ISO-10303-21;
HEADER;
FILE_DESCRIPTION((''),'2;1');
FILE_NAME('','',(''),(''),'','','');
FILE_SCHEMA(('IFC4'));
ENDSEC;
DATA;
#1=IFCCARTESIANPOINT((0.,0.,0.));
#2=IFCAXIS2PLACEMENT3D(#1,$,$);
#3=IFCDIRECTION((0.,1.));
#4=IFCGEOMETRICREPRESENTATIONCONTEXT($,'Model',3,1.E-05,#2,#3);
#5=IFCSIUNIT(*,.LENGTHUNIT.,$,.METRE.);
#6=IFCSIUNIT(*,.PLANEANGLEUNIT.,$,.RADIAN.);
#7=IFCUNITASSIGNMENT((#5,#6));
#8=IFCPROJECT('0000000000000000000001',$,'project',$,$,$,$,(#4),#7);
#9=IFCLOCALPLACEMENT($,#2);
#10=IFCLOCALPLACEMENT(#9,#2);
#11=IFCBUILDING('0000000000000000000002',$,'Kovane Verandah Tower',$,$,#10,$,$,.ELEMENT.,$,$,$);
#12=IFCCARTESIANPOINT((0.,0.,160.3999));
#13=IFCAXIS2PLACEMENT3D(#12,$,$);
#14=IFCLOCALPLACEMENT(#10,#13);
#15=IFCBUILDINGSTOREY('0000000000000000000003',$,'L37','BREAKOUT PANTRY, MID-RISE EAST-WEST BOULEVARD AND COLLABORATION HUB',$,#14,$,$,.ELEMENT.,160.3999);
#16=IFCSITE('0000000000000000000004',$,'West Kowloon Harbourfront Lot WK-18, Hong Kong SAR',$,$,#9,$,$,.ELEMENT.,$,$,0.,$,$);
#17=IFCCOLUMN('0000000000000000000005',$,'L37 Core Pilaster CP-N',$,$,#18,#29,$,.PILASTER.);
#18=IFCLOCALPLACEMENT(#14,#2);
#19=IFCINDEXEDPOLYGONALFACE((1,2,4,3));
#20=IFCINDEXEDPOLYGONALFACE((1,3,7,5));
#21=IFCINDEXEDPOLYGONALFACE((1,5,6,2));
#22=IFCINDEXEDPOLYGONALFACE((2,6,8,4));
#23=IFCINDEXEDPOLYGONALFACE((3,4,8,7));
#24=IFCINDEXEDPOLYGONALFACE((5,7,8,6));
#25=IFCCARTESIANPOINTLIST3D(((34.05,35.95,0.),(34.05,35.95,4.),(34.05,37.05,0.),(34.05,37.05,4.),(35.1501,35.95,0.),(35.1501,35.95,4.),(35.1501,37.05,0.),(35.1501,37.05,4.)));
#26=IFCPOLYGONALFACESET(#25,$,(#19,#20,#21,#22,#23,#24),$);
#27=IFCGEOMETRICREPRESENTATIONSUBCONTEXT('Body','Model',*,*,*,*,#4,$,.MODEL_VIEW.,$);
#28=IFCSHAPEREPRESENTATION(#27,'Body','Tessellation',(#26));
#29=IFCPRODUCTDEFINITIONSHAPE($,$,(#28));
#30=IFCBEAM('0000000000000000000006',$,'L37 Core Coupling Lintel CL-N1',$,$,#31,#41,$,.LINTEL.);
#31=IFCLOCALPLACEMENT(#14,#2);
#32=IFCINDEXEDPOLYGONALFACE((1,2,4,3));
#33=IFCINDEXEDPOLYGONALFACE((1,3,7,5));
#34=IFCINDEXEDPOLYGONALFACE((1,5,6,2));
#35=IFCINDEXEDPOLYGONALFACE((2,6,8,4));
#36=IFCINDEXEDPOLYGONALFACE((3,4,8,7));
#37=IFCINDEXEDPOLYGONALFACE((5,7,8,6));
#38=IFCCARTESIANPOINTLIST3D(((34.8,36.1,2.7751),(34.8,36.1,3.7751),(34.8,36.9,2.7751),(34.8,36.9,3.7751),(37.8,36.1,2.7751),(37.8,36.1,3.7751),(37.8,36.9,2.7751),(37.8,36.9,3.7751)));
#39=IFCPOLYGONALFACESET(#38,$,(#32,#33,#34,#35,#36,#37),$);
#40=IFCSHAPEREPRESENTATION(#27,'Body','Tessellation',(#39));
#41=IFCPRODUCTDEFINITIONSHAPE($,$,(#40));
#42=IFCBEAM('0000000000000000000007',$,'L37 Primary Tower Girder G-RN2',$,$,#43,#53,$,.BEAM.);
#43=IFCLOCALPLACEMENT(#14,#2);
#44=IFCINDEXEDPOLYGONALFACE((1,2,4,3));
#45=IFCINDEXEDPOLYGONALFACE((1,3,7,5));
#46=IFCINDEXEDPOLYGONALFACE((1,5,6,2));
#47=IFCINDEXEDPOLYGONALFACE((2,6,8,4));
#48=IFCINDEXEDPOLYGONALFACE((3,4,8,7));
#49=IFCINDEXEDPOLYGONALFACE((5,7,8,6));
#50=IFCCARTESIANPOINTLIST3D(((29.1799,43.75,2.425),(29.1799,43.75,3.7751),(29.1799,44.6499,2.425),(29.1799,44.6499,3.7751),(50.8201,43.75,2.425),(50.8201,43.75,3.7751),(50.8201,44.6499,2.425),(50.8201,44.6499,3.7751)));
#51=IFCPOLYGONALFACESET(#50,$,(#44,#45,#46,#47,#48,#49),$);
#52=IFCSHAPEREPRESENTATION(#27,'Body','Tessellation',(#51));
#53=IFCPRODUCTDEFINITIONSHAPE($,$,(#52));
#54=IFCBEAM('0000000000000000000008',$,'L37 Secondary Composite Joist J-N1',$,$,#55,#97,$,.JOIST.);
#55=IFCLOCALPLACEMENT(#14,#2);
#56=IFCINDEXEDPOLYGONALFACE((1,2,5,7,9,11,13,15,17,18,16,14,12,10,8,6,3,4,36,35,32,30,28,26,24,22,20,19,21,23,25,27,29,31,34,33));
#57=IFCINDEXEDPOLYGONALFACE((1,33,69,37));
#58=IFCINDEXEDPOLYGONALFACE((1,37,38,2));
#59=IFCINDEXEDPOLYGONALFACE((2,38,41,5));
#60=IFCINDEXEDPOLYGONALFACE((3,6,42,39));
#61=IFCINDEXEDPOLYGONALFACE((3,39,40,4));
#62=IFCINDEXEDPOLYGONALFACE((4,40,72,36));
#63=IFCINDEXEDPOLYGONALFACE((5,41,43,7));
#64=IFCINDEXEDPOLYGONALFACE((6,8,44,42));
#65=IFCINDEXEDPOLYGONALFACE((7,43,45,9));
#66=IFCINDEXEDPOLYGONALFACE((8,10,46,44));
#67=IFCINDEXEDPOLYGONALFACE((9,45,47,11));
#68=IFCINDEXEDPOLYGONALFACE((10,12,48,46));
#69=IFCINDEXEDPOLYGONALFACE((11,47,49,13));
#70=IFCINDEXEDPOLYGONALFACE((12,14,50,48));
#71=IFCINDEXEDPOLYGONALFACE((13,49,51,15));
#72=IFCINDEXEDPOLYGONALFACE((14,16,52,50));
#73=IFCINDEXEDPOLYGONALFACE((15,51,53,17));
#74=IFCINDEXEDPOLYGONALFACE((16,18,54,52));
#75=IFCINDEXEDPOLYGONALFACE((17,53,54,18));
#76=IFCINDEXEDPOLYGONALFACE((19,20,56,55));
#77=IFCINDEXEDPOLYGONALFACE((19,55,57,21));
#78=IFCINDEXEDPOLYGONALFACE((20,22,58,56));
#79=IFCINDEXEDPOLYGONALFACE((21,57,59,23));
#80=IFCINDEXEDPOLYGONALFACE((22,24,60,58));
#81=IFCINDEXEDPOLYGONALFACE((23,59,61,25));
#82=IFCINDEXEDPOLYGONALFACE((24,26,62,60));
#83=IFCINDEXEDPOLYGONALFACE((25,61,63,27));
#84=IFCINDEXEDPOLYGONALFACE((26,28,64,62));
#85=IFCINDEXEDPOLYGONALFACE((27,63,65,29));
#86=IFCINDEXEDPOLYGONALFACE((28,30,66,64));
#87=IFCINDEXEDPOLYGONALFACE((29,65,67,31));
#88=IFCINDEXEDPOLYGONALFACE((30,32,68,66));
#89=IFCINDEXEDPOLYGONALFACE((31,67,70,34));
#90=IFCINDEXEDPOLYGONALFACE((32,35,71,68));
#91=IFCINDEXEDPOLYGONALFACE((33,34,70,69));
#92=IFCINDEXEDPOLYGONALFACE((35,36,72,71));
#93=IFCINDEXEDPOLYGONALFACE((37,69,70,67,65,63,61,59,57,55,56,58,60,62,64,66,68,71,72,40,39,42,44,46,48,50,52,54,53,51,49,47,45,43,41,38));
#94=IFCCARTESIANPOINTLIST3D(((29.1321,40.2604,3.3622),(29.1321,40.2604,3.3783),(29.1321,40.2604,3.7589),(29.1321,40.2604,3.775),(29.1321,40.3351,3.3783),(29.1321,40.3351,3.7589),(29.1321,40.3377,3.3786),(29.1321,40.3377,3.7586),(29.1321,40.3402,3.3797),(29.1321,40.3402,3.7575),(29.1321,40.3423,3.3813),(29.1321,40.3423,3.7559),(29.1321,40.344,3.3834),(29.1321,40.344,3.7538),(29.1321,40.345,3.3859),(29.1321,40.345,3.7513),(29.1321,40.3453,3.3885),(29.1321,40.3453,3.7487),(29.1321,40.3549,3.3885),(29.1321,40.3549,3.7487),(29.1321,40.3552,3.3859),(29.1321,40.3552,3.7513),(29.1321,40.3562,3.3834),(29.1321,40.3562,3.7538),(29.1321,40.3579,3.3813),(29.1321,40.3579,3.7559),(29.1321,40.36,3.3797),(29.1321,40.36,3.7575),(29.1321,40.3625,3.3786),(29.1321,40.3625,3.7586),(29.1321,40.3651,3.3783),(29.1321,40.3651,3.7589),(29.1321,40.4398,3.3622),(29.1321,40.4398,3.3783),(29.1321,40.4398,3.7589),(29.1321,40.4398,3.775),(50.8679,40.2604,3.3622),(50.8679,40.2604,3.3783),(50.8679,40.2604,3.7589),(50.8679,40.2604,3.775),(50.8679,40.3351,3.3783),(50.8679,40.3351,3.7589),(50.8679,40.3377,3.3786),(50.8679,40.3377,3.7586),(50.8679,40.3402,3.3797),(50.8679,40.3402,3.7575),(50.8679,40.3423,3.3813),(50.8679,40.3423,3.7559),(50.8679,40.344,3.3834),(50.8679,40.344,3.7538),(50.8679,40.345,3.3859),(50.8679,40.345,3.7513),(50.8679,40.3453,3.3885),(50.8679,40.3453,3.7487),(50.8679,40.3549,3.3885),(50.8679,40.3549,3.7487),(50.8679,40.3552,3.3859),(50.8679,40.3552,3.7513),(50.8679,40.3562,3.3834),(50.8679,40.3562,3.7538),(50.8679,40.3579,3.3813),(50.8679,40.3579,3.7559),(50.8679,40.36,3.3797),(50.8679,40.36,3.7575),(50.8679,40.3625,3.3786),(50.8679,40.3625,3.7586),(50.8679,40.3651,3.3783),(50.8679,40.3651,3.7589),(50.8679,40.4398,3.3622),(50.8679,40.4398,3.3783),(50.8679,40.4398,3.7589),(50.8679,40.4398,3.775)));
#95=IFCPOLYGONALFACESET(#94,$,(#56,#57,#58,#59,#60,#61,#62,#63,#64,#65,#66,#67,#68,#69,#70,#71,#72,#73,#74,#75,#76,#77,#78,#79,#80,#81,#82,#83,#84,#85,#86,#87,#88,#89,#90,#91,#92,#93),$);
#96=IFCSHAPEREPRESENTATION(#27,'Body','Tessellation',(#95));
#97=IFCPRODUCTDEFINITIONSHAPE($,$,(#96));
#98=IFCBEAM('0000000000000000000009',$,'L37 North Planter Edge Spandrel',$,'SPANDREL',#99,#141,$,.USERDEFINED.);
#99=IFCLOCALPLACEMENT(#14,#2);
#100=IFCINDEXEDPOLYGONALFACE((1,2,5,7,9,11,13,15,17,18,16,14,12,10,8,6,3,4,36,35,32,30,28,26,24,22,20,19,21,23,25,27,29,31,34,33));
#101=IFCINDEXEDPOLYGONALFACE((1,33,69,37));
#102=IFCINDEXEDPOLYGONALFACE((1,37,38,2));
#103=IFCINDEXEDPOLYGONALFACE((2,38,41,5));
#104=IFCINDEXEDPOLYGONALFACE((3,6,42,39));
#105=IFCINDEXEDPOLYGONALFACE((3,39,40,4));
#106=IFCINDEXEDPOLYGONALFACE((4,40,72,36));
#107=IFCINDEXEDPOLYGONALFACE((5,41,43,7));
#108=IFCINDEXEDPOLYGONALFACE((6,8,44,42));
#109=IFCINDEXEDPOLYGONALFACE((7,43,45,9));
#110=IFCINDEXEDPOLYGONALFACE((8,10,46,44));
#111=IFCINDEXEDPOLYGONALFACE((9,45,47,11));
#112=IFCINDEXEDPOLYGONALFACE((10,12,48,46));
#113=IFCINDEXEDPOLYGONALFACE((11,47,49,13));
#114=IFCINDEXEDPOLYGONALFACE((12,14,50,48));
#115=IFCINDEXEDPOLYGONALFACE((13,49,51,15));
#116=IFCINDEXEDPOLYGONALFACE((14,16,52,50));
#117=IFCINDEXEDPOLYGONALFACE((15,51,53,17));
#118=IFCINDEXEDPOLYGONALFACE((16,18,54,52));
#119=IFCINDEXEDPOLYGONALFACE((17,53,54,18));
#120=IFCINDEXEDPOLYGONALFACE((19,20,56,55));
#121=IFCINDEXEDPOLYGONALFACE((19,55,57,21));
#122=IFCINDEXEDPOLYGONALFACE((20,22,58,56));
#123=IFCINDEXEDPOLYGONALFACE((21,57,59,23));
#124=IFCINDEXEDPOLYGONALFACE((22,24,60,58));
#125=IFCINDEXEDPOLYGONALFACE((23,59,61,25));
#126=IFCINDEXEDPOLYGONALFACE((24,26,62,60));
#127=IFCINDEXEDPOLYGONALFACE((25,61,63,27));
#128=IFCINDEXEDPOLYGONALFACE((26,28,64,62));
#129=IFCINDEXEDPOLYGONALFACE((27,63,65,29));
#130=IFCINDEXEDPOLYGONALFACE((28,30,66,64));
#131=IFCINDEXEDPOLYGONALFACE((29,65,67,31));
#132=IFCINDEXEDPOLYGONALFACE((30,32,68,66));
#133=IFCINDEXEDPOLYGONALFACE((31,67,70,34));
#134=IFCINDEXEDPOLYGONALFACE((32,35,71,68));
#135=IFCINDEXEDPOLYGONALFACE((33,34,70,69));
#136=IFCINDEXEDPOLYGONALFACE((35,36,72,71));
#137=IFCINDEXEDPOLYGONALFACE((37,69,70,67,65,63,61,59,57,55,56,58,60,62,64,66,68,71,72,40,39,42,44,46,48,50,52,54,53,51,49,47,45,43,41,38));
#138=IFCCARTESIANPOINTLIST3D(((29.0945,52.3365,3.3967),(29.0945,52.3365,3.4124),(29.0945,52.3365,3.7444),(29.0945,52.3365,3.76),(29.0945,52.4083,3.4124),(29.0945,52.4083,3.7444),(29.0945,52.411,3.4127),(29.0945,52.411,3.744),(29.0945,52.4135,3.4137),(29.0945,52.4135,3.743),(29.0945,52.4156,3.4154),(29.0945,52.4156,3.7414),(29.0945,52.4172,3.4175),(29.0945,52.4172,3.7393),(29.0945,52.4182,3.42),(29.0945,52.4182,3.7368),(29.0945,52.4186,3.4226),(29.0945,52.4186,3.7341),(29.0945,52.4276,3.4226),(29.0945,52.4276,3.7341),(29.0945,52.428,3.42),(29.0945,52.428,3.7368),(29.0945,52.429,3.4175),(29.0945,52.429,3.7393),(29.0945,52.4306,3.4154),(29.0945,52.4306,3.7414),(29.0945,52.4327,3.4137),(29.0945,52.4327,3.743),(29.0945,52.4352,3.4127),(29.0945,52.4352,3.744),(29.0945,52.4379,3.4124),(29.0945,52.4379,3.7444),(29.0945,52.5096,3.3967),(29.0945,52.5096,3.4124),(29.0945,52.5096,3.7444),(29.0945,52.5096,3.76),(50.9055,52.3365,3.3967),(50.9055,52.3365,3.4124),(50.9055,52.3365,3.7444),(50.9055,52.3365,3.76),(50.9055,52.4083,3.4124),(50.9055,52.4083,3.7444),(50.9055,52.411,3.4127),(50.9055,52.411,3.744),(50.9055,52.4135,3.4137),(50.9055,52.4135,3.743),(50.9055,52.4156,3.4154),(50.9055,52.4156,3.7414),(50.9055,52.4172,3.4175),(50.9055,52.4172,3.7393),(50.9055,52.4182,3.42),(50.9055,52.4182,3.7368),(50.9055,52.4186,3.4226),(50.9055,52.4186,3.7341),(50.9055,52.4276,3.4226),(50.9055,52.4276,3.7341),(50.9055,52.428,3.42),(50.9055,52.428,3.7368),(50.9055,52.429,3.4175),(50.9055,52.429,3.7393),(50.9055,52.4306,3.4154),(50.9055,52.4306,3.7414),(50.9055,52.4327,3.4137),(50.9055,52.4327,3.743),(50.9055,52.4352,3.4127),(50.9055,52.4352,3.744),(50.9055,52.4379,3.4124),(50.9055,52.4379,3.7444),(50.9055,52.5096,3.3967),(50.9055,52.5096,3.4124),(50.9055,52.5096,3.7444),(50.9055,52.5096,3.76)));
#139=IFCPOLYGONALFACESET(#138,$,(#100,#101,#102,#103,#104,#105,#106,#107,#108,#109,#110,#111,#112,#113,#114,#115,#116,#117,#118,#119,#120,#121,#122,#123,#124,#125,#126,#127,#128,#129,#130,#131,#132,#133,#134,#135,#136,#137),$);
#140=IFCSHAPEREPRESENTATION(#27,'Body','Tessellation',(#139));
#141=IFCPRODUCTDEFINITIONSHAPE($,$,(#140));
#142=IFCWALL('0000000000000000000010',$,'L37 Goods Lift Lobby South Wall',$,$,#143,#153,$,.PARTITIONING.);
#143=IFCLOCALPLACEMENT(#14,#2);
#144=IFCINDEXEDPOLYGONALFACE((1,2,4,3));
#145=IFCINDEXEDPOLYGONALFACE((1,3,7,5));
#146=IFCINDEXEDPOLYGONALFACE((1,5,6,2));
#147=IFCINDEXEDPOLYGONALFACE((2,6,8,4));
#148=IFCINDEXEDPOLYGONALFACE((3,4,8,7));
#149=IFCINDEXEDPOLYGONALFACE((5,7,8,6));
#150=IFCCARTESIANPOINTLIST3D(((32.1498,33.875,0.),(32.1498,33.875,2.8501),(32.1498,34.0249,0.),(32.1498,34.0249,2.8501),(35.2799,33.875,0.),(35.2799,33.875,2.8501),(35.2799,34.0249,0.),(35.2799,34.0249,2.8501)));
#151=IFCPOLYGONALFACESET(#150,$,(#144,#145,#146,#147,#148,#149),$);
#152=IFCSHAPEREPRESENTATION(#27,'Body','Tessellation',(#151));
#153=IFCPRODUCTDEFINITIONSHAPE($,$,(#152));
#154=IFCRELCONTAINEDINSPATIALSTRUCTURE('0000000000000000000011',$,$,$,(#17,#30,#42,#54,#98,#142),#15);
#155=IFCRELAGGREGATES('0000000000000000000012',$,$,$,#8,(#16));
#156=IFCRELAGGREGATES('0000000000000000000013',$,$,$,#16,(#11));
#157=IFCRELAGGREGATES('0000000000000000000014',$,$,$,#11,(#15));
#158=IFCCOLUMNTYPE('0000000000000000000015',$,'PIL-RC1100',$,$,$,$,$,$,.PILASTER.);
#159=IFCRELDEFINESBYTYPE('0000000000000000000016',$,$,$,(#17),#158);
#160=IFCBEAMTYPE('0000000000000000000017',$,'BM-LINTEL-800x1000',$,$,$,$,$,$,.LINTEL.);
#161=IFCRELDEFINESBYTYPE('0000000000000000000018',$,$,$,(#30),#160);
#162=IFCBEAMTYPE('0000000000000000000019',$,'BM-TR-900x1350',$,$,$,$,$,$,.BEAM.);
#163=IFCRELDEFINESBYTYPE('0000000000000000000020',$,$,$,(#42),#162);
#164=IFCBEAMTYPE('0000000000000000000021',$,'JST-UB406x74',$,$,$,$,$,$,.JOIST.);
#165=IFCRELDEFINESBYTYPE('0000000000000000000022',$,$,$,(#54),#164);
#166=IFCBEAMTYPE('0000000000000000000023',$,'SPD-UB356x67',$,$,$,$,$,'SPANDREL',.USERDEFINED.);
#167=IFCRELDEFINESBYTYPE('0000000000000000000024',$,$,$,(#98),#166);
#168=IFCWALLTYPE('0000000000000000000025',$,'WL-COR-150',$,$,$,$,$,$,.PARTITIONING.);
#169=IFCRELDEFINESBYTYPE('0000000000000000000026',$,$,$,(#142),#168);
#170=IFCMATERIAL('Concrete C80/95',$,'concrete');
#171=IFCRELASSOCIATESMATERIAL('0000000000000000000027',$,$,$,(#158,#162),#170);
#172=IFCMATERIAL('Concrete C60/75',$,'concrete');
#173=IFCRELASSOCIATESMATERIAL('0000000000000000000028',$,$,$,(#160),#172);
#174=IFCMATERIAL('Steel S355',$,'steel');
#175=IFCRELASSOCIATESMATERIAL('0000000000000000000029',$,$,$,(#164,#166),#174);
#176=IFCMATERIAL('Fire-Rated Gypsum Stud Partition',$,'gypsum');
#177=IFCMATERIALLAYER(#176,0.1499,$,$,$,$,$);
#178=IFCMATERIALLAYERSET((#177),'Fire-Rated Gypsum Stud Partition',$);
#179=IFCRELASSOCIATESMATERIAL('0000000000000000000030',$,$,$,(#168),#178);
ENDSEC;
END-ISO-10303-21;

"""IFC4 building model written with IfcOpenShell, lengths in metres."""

from ifc_helpers import new_model, si_unit, direction, frame, frame_2d, origin, origin_2d, place, context, subcontext, project, spatial, rectangle, i_section, extrude, material, layer, layer_set, material_profile, profile_set, type_object, element, save


model = new_model("IFC4")

# Units and contexts
model_context = context("Model", 3, precision=1e-05, world=origin(), true_north=direction((0.0, 1.0)))
body_context = subcontext(model_context, "Body", "Model", "MODEL_VIEW")
ifc_project = project(units=[si_unit("LENGTHUNIT", "METRE"), si_unit("PLANEANGLEUNIT", "RADIAN")], contexts=[model_context])

# Site, building, storey
site_placement = place(None, origin())
site = spatial("IfcSite", under=ifc_project, at=site_placement, Name="West Kowloon Harbourfront Lot WK-18, Hong Kong SAR", CompositionType="ELEMENT", RefElevation=0.0)
building_placement = place(site_placement, origin())
building = spatial("IfcBuilding", under=site, at=building_placement, Name="Kovane Verandah Tower", CompositionType="ELEMENT")
storey_placement = place(building_placement, frame((0.0, 0.0, 160.3999)))
storey = spatial("IfcBuildingStorey", under=building, at=storey_placement, Name="L37", Description="BREAKOUT PANTRY, MID-RISE EAST-WEST BOULEVARD AND COLLABORATION HUB", CompositionType="ELEMENT", Elevation=160.3999)

# Column
ifc_material_1 = material(Name="Concrete C80/95", Category="concrete")
ifc_material_profile_1 = material_profile(ifc_material_1, rectangle(XDim=1.1001, YDim=1.1001, at=origin_2d()), Name="RC1100x1100")
ifc_profile_set_1 = profile_set([ifc_material_profile_1], Name="Concrete C80/95")
column_type = type_object("IfcColumnType", Name="PIL-RC1100", PredefinedType="PILASTER", material=ifc_profile_set_1)
column_placement = place(storey_placement, frame((34.6001, 36.5, 0.0), z_axis=(0.0, 0.0, 1.0), x_axis=(1.0, 0.0, 0.0)))
element("IfcColumn", 1, at=column_placement, inside=storey, type_object=column_type, Name="L37 Core Pilaster CP-N", PredefinedType="PILASTER", context=body_context, shape_type="SweptSolid", body=[
    extrude(rectangle(XDim=1.1001, YDim=1.1001, at=origin_2d()), origin(), (0.0, 0.0, 1.0), 4.0),
])

# Beams
ifc_material_2 = material(Name="Concrete C60/75", Category="concrete")
ifc_material_profile_2 = material_profile(ifc_material_2, rectangle(XDim=0.8, YDim=1.0, at=origin_2d()), Name="RCB800x1000")
ifc_profile_set_2 = profile_set([ifc_material_profile_2], Name="Concrete C60/75")
beam_type_1 = type_object("IfcBeamType", Name="BM-LINTEL-800x1000", PredefinedType="LINTEL", material=ifc_profile_set_2)
beam_1_placement = place(storey_placement, frame((34.8, 36.5, 3.2751), z_axis=(1.0, 0.0, 0.0), x_axis=(0.0, 1.0, 0.0)))
element("IfcBeam", 2, at=beam_1_placement, inside=storey, type_object=beam_type_1, Name="L37 Core Coupling Lintel CL-N1", PredefinedType="LINTEL", context=body_context, shape_type="SweptSolid", body=[
    extrude(rectangle(XDim=0.8, YDim=1.0, at=origin_2d()), origin(), (0.0, 0.0, 1.0), 3.0),
])
ifc_material_profile_3 = material_profile(ifc_material_1, rectangle(XDim=0.8999, YDim=1.3501, at=origin_2d()), Name="RCB900x1350")
ifc_profile_set_3 = profile_set([ifc_material_profile_3], Name="Concrete C80/95")
beam_type_2 = type_object("IfcBeamType", Name="BM-TR-900x1350", PredefinedType="BEAM", material=ifc_profile_set_3)
beam_2_placement = place(storey_placement, frame((29.1799, 44.2, 3.1001), z_axis=(1.0, 0.0, 0.0), x_axis=(0.0, 1.0, 0.0)))
element("IfcBeam", 3, at=beam_2_placement, inside=storey, type_object=beam_type_2, Name="L37 Primary Tower Girder G-RN2", PredefinedType="BEAM", context=body_context, shape_type="SweptSolid", body=[
    extrude(rectangle(XDim=0.8999, YDim=1.3501, at=origin_2d()), origin(), (0.0, 0.0, 1.0), 21.6401),
])
ifc_material_3 = material(Name="Steel S355", Category="steel")
ifc_material_profile_4 = material_profile(ifc_material_3, i_section(OverallWidth=0.1794, OverallDepth=0.4128, WebThickness=0.0095, FlangeThickness=0.0161, FilletRadius=0.0103, at=origin_2d()), Name="UB406x178x74")
ifc_profile_set_4 = profile_set([ifc_material_profile_4], Name="Steel S355")
beam_type_3 = type_object("IfcBeamType", Name="JST-UB406x74", PredefinedType="JOIST", material=ifc_profile_set_4)
beam_3_placement = place(storey_placement, frame((29.1321, 40.3501, 3.5686), z_axis=(1.0, 0.0, 0.0), x_axis=(0.0, 1.0, 0.0)))
element("IfcBeam", 4, at=beam_3_placement, inside=storey, type_object=beam_type_3, Name="L37 Secondary Composite Joist J-N1", PredefinedType="JOIST", context=body_context, shape_type="SweptSolid", body=[
    extrude(i_section(OverallWidth=0.1794, OverallDepth=0.4128, WebThickness=0.0095, FlangeThickness=0.0161, FilletRadius=0.0103, at=origin_2d()), origin(), (0.0, 0.0, 1.0), 21.7358),
])
ifc_material_profile_5 = material_profile(ifc_material_3, i_section(OverallWidth=0.1731, OverallDepth=0.3633, WebThickness=0.009, FlangeThickness=0.0156, FilletRadius=0.0103, at=origin_2d()), Name="UB356x171x67")
ifc_profile_set_5 = profile_set([ifc_material_profile_5], Name="Steel S355")
beam_type_4 = type_object("IfcBeamType", Name="SPD-UB356x67", ElementType="SPANDREL", PredefinedType="USERDEFINED", material=ifc_profile_set_5)
beam_4_placement = place(storey_placement, frame((29.0945, 52.4231, 3.5784), z_axis=(1.0, 0.0, 0.0), x_axis=(0.0, 1.0, 0.0)))
element("IfcBeam", 5, at=beam_4_placement, inside=storey, type_object=beam_type_4, Name="L37 North Planter Edge Spandrel", ObjectType="SPANDREL", PredefinedType="USERDEFINED", context=body_context, shape_type="SweptSolid", body=[
    extrude(i_section(OverallWidth=0.1731, OverallDepth=0.3633, WebThickness=0.009, FlangeThickness=0.0156, FilletRadius=0.0103, at=origin_2d()), origin(), (0.0, 0.0, 1.0), 21.811),
])

# Wall
ifc_material_4 = material(Name="Fire-Rated Gypsum Stud Partition", Category="gypsum")
ifc_layer_1 = layer(ifc_material_4, 0.1499)
ifc_layer_set_1 = layer_set([ifc_layer_1], Name="Fire-Rated Gypsum Stud Partition")
wall_type_1 = type_object("IfcWallType", Name="WL-COR-150", PredefinedType="PARTITIONING", material=ifc_layer_set_1)
wall_1_placement = place(storey_placement, frame((32.1499, 33.95, 0.0), z_axis=(0.0, 0.0, 1.0), x_axis=(1.0, 0.0, 0.0)))
element("IfcWall", 6, at=wall_1_placement, inside=storey, type_object=wall_type_1, Name="L37 Goods Lift Lobby South Wall", PredefinedType="PARTITIONING", context=body_context, shape_type="SweptSolid", body=[
    extrude(rectangle(XDim=3.1301, YDim=0.1499, at=frame_2d((1.5649, 0.0))), origin(), (0.0, 0.0, 1.0), 2.8501),
])

save(model, "model.ifc")
